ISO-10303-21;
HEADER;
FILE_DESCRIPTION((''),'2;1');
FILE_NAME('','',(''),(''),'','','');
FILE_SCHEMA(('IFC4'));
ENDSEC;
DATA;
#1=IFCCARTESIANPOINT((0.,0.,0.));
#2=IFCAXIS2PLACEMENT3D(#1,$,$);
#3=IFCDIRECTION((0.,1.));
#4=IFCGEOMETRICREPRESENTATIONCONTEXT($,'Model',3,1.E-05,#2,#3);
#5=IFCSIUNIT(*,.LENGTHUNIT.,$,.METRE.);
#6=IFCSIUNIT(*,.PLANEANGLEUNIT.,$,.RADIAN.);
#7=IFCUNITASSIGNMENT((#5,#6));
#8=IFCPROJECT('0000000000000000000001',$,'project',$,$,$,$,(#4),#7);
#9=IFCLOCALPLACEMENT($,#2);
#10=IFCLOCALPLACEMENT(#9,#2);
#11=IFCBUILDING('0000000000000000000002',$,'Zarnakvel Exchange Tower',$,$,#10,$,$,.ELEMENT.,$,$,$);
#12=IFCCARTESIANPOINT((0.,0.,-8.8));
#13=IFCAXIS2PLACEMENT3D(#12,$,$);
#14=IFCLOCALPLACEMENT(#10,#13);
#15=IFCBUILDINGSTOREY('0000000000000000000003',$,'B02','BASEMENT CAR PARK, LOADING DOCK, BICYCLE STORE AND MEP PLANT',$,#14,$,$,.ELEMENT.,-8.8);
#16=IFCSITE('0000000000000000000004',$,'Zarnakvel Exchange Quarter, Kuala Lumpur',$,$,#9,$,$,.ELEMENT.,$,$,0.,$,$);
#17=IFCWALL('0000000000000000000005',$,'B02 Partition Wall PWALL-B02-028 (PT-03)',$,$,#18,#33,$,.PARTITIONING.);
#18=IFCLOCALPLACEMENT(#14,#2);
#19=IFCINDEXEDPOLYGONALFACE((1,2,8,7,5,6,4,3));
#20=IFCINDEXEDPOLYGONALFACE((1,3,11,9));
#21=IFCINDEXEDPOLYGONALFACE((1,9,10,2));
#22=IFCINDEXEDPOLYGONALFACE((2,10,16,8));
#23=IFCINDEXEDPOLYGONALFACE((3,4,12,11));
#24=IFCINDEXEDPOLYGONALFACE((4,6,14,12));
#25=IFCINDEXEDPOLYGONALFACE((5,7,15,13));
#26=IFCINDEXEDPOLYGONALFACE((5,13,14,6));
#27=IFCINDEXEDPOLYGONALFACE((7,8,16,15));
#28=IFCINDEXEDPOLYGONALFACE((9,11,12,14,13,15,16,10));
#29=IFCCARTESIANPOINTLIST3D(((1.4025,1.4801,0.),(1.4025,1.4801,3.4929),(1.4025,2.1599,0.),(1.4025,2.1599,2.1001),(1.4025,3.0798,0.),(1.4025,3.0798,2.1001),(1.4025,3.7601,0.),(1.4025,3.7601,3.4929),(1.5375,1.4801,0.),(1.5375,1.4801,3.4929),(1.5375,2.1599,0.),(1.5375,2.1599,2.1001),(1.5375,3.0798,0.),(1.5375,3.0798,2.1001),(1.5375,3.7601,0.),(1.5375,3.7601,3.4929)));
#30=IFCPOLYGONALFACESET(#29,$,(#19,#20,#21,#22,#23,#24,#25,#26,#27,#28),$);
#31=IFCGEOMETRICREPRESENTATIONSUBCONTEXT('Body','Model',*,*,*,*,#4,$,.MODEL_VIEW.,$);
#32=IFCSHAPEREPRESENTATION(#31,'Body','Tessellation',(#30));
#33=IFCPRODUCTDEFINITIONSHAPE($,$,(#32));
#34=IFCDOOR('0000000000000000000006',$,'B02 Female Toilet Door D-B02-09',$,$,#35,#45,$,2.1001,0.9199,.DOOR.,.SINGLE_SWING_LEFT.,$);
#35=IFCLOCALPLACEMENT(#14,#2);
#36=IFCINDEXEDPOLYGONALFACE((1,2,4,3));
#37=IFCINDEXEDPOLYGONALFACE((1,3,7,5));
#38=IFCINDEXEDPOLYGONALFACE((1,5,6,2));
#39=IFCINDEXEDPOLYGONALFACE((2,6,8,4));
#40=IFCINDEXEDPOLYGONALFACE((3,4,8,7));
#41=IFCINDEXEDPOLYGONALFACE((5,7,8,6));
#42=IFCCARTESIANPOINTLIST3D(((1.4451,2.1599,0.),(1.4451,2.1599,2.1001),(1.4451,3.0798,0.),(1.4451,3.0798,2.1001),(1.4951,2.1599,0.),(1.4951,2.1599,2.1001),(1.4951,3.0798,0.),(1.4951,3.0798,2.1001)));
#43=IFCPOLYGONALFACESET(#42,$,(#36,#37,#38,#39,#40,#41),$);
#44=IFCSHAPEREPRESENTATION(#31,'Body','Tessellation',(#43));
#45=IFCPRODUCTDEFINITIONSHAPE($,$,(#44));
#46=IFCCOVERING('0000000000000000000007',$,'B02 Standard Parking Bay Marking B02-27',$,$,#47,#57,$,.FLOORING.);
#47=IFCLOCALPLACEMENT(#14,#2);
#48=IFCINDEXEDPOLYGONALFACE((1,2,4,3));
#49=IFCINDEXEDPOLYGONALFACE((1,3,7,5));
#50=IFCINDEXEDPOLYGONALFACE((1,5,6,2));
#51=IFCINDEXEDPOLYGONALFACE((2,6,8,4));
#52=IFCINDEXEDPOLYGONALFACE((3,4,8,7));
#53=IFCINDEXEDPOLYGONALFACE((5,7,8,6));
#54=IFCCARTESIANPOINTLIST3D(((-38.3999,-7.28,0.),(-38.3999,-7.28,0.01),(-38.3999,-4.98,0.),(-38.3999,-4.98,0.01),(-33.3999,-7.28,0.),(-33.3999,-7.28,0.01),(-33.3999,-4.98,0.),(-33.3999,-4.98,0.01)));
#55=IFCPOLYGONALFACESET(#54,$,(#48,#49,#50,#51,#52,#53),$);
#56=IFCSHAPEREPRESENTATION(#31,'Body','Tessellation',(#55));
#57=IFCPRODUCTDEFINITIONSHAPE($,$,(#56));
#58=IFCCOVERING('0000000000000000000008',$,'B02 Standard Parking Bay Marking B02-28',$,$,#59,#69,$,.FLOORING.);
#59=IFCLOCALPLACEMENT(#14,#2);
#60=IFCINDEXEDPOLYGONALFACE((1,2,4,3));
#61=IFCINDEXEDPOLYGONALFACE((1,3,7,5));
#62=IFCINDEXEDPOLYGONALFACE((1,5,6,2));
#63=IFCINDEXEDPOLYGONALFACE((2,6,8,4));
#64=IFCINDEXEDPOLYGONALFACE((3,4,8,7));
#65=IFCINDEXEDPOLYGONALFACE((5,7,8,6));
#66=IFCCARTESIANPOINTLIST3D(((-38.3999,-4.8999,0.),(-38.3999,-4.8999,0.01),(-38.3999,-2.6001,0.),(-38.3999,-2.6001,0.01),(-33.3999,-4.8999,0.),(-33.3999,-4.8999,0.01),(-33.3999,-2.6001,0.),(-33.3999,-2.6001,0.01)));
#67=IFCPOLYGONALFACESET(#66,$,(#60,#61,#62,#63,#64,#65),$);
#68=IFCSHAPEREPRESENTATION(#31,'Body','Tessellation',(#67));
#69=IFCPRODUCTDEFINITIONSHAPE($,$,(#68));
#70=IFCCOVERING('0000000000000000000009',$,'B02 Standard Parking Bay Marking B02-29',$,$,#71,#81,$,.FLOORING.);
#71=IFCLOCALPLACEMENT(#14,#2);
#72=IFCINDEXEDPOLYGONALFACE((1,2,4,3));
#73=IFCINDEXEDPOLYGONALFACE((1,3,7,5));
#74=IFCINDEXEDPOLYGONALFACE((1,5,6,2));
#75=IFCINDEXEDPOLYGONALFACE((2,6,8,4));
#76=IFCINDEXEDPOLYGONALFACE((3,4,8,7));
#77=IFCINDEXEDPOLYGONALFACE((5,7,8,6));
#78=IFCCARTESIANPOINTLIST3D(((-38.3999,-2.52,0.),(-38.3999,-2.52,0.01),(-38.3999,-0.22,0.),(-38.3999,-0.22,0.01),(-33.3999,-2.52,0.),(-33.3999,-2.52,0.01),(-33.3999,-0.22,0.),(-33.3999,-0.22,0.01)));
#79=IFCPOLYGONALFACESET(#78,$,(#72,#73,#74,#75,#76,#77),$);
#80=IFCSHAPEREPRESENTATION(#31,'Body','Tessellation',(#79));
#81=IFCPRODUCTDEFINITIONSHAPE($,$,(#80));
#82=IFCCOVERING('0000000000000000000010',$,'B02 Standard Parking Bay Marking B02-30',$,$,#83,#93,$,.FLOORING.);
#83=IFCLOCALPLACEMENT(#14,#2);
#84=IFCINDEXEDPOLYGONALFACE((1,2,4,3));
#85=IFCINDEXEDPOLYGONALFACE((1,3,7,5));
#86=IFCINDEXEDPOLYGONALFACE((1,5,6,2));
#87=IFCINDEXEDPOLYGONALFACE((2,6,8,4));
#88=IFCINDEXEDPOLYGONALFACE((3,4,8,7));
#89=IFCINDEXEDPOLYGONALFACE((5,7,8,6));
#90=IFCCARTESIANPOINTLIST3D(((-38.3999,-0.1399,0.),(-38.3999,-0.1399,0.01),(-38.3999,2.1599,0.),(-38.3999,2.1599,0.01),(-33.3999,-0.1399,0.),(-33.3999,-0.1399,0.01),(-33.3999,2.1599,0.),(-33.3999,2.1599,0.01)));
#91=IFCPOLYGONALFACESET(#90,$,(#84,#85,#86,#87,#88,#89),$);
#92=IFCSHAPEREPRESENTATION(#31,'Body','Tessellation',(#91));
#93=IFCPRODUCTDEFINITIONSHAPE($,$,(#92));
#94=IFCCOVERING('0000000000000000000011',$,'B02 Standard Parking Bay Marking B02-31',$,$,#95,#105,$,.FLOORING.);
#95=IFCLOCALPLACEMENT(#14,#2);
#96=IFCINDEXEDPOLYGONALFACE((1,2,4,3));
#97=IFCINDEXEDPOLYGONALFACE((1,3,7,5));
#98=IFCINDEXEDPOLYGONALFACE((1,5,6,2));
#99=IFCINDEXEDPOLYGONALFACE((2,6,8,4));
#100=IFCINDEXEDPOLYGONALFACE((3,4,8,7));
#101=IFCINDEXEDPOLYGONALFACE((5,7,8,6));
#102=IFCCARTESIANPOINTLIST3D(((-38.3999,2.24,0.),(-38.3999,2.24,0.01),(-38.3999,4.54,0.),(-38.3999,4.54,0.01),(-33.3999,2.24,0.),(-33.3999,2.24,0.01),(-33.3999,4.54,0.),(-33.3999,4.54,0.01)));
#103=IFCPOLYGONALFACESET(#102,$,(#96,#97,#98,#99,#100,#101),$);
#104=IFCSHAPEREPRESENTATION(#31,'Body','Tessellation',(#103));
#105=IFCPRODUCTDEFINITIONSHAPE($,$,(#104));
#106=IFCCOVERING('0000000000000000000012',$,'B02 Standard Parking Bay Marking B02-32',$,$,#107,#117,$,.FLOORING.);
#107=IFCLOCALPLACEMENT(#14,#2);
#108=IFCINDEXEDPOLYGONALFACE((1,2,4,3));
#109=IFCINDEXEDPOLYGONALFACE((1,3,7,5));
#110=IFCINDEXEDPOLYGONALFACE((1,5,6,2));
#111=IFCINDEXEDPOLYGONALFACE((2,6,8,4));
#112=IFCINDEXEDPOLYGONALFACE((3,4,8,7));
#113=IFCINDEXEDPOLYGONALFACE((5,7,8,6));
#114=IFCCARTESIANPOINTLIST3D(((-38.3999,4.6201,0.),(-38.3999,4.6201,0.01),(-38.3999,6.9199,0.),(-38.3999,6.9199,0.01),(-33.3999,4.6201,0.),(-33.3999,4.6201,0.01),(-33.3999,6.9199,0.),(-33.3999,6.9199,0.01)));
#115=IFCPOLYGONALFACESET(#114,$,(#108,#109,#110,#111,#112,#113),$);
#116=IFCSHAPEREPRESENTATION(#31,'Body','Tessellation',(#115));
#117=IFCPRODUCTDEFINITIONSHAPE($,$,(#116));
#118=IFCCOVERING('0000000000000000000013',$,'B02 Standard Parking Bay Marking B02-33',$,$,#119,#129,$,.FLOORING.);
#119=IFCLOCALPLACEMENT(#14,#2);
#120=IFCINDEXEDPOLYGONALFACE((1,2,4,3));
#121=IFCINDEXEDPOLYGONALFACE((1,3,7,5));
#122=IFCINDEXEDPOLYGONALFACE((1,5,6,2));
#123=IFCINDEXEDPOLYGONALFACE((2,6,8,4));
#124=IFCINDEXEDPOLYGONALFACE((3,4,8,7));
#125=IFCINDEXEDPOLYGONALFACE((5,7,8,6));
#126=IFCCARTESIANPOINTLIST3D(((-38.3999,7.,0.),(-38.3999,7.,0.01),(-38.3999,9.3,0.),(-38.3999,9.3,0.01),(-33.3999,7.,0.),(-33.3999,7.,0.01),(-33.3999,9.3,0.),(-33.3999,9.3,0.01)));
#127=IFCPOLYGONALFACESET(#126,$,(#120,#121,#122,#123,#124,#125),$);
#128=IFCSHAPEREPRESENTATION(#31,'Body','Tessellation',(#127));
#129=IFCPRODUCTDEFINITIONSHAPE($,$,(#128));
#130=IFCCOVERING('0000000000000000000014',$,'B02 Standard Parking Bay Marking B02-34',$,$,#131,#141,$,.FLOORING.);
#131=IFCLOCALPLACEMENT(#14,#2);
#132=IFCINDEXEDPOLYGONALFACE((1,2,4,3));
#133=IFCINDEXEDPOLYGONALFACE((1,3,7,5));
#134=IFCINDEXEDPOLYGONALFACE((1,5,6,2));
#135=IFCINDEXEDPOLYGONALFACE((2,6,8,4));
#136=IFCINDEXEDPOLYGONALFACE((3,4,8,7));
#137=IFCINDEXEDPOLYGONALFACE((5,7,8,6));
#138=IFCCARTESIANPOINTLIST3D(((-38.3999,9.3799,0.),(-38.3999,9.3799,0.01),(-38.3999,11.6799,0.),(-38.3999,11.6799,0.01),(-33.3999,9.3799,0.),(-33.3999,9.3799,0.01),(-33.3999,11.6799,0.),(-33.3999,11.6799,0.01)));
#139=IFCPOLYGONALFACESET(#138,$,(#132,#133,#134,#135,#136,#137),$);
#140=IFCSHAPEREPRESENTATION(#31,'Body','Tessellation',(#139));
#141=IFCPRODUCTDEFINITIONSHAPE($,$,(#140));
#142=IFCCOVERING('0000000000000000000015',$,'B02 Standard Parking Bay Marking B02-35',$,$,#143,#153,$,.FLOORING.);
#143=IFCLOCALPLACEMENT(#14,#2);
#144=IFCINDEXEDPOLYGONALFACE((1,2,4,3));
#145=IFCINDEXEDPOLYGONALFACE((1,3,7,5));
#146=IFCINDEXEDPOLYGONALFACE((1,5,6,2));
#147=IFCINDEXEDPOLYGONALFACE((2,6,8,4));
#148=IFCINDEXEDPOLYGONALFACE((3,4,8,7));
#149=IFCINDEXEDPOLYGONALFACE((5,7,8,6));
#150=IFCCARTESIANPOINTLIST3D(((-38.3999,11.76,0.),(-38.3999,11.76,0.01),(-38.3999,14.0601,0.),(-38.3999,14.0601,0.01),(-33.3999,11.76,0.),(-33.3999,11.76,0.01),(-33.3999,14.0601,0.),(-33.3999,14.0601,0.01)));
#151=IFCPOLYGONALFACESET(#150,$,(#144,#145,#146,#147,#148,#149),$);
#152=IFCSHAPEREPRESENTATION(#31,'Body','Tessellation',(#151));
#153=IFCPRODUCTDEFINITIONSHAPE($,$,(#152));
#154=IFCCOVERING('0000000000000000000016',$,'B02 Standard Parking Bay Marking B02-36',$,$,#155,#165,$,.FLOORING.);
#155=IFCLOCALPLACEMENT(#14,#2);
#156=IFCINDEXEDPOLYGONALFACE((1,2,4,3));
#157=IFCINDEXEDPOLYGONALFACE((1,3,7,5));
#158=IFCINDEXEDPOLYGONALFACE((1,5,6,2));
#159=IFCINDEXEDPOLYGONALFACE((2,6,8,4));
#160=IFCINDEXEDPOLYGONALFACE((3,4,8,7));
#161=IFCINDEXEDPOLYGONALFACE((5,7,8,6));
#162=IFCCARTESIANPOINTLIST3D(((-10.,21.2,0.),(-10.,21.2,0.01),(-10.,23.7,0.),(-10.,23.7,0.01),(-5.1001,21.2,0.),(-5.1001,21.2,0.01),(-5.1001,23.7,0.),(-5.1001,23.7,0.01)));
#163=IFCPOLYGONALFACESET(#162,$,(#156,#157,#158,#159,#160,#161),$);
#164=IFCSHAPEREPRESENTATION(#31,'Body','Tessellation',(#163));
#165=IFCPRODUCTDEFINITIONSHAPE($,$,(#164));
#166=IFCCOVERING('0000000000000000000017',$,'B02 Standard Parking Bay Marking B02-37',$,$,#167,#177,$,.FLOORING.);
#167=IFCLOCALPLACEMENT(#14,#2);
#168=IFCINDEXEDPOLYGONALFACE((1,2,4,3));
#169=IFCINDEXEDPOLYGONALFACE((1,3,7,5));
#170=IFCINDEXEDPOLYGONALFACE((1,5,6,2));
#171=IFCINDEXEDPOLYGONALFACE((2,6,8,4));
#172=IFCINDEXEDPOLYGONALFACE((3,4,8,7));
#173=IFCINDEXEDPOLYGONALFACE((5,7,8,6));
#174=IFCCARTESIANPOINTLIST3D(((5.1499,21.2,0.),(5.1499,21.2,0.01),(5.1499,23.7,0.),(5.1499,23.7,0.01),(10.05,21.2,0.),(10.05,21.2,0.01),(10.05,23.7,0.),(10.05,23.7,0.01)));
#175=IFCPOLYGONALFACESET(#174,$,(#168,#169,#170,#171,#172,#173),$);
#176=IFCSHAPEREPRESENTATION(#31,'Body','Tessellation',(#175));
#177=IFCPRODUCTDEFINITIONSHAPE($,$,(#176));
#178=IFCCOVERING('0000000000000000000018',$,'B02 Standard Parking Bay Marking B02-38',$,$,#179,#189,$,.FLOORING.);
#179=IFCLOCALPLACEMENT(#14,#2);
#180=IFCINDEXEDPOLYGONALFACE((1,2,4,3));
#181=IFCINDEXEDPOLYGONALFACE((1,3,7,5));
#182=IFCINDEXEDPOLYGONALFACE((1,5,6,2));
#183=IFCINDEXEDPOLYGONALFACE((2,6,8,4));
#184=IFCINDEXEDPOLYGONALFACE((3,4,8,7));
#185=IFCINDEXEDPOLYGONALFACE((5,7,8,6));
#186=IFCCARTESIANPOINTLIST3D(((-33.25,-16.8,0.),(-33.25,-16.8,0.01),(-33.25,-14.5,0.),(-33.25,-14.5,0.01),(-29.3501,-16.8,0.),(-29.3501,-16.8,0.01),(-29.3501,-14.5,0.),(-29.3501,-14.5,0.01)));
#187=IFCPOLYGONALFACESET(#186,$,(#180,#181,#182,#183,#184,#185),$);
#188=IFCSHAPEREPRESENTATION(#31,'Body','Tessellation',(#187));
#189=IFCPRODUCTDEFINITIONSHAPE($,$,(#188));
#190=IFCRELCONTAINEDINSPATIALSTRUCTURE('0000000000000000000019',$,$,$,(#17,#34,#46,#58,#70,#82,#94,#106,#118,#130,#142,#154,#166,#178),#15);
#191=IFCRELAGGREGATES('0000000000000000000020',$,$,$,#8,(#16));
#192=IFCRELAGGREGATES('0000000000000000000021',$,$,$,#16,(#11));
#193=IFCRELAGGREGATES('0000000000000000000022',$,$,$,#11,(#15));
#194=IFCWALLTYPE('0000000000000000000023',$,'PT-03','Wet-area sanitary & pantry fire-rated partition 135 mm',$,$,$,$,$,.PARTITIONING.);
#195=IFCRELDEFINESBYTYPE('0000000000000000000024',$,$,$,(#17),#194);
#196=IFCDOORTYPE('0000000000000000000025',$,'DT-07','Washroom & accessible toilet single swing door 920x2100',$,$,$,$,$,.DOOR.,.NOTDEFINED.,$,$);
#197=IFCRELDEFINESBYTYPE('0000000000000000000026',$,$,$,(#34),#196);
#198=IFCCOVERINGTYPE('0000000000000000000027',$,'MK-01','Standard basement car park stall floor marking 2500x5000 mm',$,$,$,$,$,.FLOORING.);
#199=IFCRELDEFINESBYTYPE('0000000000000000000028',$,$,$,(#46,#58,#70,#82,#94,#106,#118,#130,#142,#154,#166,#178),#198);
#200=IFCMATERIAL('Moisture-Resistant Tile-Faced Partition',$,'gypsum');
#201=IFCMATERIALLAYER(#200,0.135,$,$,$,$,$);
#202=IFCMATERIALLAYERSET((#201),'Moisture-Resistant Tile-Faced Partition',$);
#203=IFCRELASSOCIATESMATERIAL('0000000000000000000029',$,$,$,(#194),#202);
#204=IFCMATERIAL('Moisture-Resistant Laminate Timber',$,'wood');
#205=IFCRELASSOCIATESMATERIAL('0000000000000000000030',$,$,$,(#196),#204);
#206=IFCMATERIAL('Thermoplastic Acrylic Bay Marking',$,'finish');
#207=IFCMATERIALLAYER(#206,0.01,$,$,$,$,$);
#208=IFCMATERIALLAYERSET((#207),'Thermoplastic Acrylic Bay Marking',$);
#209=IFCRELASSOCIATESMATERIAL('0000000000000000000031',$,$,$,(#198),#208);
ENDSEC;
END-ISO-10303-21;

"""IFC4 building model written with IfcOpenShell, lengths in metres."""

from ifc_helpers import new_model, si_unit, direction, frame, frame_2d, origin, place, context, subcontext, project, spatial, polyline, rectangle, outline, extrude, source, transform, mapped, material, layer, layer_set, type_object, element, fill, save


model = new_model("IFC4")

# Units and contexts
model_context = context("Model", 3, precision=1e-05, world=origin(), true_north=direction((0.0, 1.0)))
body_context = subcontext(model_context, "Body", "Model", "MODEL_VIEW")
ifc_project = project(units=[si_unit("LENGTHUNIT", "METRE"), si_unit("PLANEANGLEUNIT", "RADIAN")], contexts=[model_context])

# Site, building, storey
site_placement = place(None, origin())
site = spatial("IfcSite", under=ifc_project, at=site_placement, Name="Zarnakvel Exchange Quarter, Kuala Lumpur", CompositionType="ELEMENT", RefElevation=0.0)
building_placement = place(site_placement, origin())
building = spatial("IfcBuilding", under=site, at=building_placement, Name="Zarnakvel Exchange Tower", CompositionType="ELEMENT")
storey_placement = place(building_placement, frame((0.0, 0.0, -8.8)))
storey = spatial("IfcBuildingStorey", under=building, at=storey_placement, Name="B02", Description="BASEMENT CAR PARK, LOADING DOCK, BICYCLE STORE AND MEP PLANT", CompositionType="ELEMENT", Elevation=-8.8)

# Wall, opening, door
ifc_material_1 = material(Name="Moisture-Resistant Tile-Faced Partition", Category="gypsum")
ifc_layer_1 = layer(ifc_material_1, 0.135)
ifc_layer_set_1 = layer_set([ifc_layer_1], Name="Moisture-Resistant Tile-Faced Partition")
wall_type = type_object("IfcWallType", Name="PT-03", Description="Wet-area sanitary & pantry fire-rated partition 135 mm", PredefinedType="PARTITIONING", material=ifc_layer_set_1)
wall_placement = place(storey_placement, frame((1.47, 1.48, 0.0), z_axis=(0.0, 0.0, 1.0), x_axis=(0.0, 1.0, 0.0)))
wall = element("IfcWall", 1, at=wall_placement, inside=storey, type_object=wall_type, Name="B02 Partition Wall PWALL-B02-028 (PT-03)", PredefinedType="PARTITIONING", context=body_context, shape_type="SweptSolid", body=[
    extrude(rectangle(XDim=2.28, YDim=0.135, at=frame_2d((1.1401, 0.0))), origin(), (0.0, 0.0, 1.0), 3.4929),
])
opening_placement = place(wall_placement, frame((0.6799, 0.0, 0.0)))
opening = element("IfcOpeningElement", 2, at=opening_placement, cuts=wall, PredefinedType="OPENING", context=body_context, shape_type="SweptSolid", body=[
    extrude(rectangle(XDim=0.9199, YDim=2.1001, at=frame_2d((0.46, 1.05))), frame((0.0, 0.0774, 0.0), z_axis=(0.0, -1.0, 0.0), x_axis=(1.0, 0.0, 0.0)), (0.0, 0.0, 1.0), 0.155),
])
ifc_material_2 = material(Name="Moisture-Resistant Laminate Timber", Category="wood")
door_type = type_object("IfcDoorType", Name="DT-07", Description="Washroom & accessible toilet single swing door 920x2100", OperationType="NOTDEFINED", PredefinedType="DOOR", material=ifc_material_2)
shared_shape_1 = source(origin(), body_context, "Body", "SweptSolid", [
    extrude(rectangle(XDim=0.9199, YDim=2.1001, at=frame_2d((0.46, 1.05))), frame((0.0, 0.0249, 0.0), z_axis=(0.0, -1.0, 0.0), x_axis=(1.0, 0.0, 0.0)), (0.0, 0.0, 1.0), 0.05),
])
door_placement = place(opening_placement, origin())
door = element("IfcDoor", 3, at=door_placement, inside=storey, type_object=door_type, Name="B02 Female Toilet Door D-B02-09", OperationType="SINGLE_SWING_LEFT", OverallHeight=2.1001, OverallWidth=0.9199, PredefinedType="DOOR", context=body_context, shape_type="MappedRepresentation", body=[
    mapped(shared_shape_1, transform((0.0, 0.0, 0.0), x_axis=(1.0, 0.0, 0.0), y_axis=(0.0, 1.0, 0.0), z_axis=(0.0, 0.0, 1.0), scale=1.0)),
])
fill(opening, door)

# Coverings
ifc_material_3 = material(Name="Thermoplastic Acrylic Bay Marking", Category="finish")
ifc_layer_2 = layer(ifc_material_3, 0.01)
ifc_layer_set_2 = layer_set([ifc_layer_2], Name="Thermoplastic Acrylic Bay Marking")
covering_type = type_object("IfcCoveringType", Name="MK-01", Description="Standard basement car park stall floor marking 2500x5000 mm", PredefinedType="FLOORING", material=ifc_layer_set_2)
covering_1_placement = place(storey_placement, origin())
element("IfcCovering", 4, at=covering_1_placement, inside=storey, type_object=covering_type, Name="B02 Standard Parking Bay Marking B02-27", PredefinedType="FLOORING", context=body_context, shape_type="SweptSolid", body=[
    extrude(outline(polyline([(-38.3999, -7.28), (-33.3999, -7.28), (-33.3999, -4.98), (-38.3999, -4.98), (-38.3999, -7.28)])), origin(), (0.0, 0.0, 1.0), 0.01),
])
covering_2_placement = place(storey_placement, origin())
element("IfcCovering", 5, at=covering_2_placement, inside=storey, type_object=covering_type, Name="B02 Standard Parking Bay Marking B02-28", PredefinedType="FLOORING", context=body_context, shape_type="SweptSolid", body=[
    extrude(outline(polyline([(-38.3999, -4.8999), (-33.3999, -4.8999), (-33.3999, -2.6001), (-38.3999, -2.6001), (-38.3999, -4.8999)])), origin(), (0.0, 0.0, 1.0), 0.01),
])
covering_3_placement = place(storey_placement, origin())
element("IfcCovering", 6, at=covering_3_placement, inside=storey, type_object=covering_type, Name="B02 Standard Parking Bay Marking B02-29", PredefinedType="FLOORING", context=body_context, shape_type="SweptSolid", body=[
    extrude(outline(polyline([(-38.3999, -2.52), (-33.3999, -2.52), (-33.3999, -0.22), (-38.3999, -0.22), (-38.3999, -2.52)])), origin(), (0.0, 0.0, 1.0), 0.01),
])
covering_4_placement = place(storey_placement, origin())
element("IfcCovering", 7, at=covering_4_placement, inside=storey, type_object=covering_type, Name="B02 Standard Parking Bay Marking B02-30", PredefinedType="FLOORING", context=body_context, shape_type="SweptSolid", body=[
    extrude(outline(polyline([(-38.3999, -0.1399), (-33.3999, -0.1399), (-33.3999, 2.1599), (-38.3999, 2.1599), (-38.3999, -0.1399)])), origin(), (0.0, 0.0, 1.0), 0.01),
])
covering_5_placement = place(storey_placement, origin())
element("IfcCovering", 8, at=covering_5_placement, inside=storey, type_object=covering_type, Name="B02 Standard Parking Bay Marking B02-31", PredefinedType="FLOORING", context=body_context, shape_type="SweptSolid", body=[
    extrude(outline(polyline([(-38.3999, 2.24), (-33.3999, 2.24), (-33.3999, 4.54), (-38.3999, 4.54), (-38.3999, 2.24)])), origin(), (0.0, 0.0, 1.0), 0.01),
])
covering_6_placement = place(storey_placement, origin())
element("IfcCovering", 9, at=covering_6_placement, inside=storey, type_object=covering_type, Name="B02 Standard Parking Bay Marking B02-32", PredefinedType="FLOORING", context=body_context, shape_type="SweptSolid", body=[
    extrude(outline(polyline([(-38.3999, 4.6201), (-33.3999, 4.6201), (-33.3999, 6.9199), (-38.3999, 6.9199), (-38.3999, 4.6201)])), origin(), (0.0, 0.0, 1.0), 0.01),
])
covering_7_placement = place(storey_placement, origin())
element("IfcCovering", 10, at=covering_7_placement, inside=storey, type_object=covering_type, Name="B02 Standard Parking Bay Marking B02-33", PredefinedType="FLOORING", context=body_context, shape_type="SweptSolid", body=[
    extrude(outline(polyline([(-38.3999, 7.0), (-33.3999, 7.0), (-33.3999, 9.3), (-38.3999, 9.3), (-38.3999, 7.0)])), origin(), (0.0, 0.0, 1.0), 0.01),
])
covering_8_placement = place(storey_placement, origin())
element("IfcCovering", 11, at=covering_8_placement, inside=storey, type_object=covering_type, Name="B02 Standard Parking Bay Marking B02-34", PredefinedType="FLOORING", context=body_context, shape_type="SweptSolid", body=[
    extrude(outline(polyline([(-38.3999, 9.3799), (-33.3999, 9.3799), (-33.3999, 11.6799), (-38.3999, 11.6799), (-38.3999, 9.3799)])), origin(), (0.0, 0.0, 1.0), 0.01),
])
covering_9_placement = place(storey_placement, origin())
element("IfcCovering", 12, at=covering_9_placement, inside=storey, type_object=covering_type, Name="B02 Standard Parking Bay Marking B02-35", PredefinedType="FLOORING", context=body_context, shape_type="SweptSolid", body=[
    extrude(outline(polyline([(-38.3999, 11.76), (-33.3999, 11.76), (-33.3999, 14.0601), (-38.3999, 14.0601), (-38.3999, 11.76)])), origin(), (0.0, 0.0, 1.0), 0.01),
])
covering_10_placement = place(storey_placement, origin())
element("IfcCovering", 13, at=covering_10_placement, inside=storey, type_object=covering_type, Name="B02 Standard Parking Bay Marking B02-36", PredefinedType="FLOORING", context=body_context, shape_type="SweptSolid", body=[
    extrude(outline(polyline([(-10.0, 21.2), (-5.1001, 21.2), (-5.1001, 23.7), (-10.0, 23.7), (-10.0, 21.2)])), origin(), (0.0, 0.0, 1.0), 0.01),
])
covering_11_placement = place(storey_placement, origin())
element("IfcCovering", 14, at=covering_11_placement, inside=storey, type_object=covering_type, Name="B02 Standard Parking Bay Marking B02-37", PredefinedType="FLOORING", context=body_context, shape_type="SweptSolid", body=[
    extrude(outline(polyline([(5.1499, 21.2), (10.05, 21.2), (10.05, 23.7), (5.1499, 23.7), (5.1499, 21.2)])), origin(), (0.0, 0.0, 1.0), 0.01),
])
covering_12_placement = place(storey_placement, origin())
element("IfcCovering", 15, at=covering_12_placement, inside=storey, type_object=covering_type, Name="B02 Standard Parking Bay Marking B02-38", PredefinedType="FLOORING", context=body_context, shape_type="SweptSolid", body=[
    extrude(outline(polyline([(-33.25, -16.8), (-29.3501, -16.8), (-29.3501, -14.5), (-33.25, -14.5), (-33.25, -16.8)])), origin(), (0.0, 0.0, 1.0), 0.01),
])

save(model, "model.ifc")
